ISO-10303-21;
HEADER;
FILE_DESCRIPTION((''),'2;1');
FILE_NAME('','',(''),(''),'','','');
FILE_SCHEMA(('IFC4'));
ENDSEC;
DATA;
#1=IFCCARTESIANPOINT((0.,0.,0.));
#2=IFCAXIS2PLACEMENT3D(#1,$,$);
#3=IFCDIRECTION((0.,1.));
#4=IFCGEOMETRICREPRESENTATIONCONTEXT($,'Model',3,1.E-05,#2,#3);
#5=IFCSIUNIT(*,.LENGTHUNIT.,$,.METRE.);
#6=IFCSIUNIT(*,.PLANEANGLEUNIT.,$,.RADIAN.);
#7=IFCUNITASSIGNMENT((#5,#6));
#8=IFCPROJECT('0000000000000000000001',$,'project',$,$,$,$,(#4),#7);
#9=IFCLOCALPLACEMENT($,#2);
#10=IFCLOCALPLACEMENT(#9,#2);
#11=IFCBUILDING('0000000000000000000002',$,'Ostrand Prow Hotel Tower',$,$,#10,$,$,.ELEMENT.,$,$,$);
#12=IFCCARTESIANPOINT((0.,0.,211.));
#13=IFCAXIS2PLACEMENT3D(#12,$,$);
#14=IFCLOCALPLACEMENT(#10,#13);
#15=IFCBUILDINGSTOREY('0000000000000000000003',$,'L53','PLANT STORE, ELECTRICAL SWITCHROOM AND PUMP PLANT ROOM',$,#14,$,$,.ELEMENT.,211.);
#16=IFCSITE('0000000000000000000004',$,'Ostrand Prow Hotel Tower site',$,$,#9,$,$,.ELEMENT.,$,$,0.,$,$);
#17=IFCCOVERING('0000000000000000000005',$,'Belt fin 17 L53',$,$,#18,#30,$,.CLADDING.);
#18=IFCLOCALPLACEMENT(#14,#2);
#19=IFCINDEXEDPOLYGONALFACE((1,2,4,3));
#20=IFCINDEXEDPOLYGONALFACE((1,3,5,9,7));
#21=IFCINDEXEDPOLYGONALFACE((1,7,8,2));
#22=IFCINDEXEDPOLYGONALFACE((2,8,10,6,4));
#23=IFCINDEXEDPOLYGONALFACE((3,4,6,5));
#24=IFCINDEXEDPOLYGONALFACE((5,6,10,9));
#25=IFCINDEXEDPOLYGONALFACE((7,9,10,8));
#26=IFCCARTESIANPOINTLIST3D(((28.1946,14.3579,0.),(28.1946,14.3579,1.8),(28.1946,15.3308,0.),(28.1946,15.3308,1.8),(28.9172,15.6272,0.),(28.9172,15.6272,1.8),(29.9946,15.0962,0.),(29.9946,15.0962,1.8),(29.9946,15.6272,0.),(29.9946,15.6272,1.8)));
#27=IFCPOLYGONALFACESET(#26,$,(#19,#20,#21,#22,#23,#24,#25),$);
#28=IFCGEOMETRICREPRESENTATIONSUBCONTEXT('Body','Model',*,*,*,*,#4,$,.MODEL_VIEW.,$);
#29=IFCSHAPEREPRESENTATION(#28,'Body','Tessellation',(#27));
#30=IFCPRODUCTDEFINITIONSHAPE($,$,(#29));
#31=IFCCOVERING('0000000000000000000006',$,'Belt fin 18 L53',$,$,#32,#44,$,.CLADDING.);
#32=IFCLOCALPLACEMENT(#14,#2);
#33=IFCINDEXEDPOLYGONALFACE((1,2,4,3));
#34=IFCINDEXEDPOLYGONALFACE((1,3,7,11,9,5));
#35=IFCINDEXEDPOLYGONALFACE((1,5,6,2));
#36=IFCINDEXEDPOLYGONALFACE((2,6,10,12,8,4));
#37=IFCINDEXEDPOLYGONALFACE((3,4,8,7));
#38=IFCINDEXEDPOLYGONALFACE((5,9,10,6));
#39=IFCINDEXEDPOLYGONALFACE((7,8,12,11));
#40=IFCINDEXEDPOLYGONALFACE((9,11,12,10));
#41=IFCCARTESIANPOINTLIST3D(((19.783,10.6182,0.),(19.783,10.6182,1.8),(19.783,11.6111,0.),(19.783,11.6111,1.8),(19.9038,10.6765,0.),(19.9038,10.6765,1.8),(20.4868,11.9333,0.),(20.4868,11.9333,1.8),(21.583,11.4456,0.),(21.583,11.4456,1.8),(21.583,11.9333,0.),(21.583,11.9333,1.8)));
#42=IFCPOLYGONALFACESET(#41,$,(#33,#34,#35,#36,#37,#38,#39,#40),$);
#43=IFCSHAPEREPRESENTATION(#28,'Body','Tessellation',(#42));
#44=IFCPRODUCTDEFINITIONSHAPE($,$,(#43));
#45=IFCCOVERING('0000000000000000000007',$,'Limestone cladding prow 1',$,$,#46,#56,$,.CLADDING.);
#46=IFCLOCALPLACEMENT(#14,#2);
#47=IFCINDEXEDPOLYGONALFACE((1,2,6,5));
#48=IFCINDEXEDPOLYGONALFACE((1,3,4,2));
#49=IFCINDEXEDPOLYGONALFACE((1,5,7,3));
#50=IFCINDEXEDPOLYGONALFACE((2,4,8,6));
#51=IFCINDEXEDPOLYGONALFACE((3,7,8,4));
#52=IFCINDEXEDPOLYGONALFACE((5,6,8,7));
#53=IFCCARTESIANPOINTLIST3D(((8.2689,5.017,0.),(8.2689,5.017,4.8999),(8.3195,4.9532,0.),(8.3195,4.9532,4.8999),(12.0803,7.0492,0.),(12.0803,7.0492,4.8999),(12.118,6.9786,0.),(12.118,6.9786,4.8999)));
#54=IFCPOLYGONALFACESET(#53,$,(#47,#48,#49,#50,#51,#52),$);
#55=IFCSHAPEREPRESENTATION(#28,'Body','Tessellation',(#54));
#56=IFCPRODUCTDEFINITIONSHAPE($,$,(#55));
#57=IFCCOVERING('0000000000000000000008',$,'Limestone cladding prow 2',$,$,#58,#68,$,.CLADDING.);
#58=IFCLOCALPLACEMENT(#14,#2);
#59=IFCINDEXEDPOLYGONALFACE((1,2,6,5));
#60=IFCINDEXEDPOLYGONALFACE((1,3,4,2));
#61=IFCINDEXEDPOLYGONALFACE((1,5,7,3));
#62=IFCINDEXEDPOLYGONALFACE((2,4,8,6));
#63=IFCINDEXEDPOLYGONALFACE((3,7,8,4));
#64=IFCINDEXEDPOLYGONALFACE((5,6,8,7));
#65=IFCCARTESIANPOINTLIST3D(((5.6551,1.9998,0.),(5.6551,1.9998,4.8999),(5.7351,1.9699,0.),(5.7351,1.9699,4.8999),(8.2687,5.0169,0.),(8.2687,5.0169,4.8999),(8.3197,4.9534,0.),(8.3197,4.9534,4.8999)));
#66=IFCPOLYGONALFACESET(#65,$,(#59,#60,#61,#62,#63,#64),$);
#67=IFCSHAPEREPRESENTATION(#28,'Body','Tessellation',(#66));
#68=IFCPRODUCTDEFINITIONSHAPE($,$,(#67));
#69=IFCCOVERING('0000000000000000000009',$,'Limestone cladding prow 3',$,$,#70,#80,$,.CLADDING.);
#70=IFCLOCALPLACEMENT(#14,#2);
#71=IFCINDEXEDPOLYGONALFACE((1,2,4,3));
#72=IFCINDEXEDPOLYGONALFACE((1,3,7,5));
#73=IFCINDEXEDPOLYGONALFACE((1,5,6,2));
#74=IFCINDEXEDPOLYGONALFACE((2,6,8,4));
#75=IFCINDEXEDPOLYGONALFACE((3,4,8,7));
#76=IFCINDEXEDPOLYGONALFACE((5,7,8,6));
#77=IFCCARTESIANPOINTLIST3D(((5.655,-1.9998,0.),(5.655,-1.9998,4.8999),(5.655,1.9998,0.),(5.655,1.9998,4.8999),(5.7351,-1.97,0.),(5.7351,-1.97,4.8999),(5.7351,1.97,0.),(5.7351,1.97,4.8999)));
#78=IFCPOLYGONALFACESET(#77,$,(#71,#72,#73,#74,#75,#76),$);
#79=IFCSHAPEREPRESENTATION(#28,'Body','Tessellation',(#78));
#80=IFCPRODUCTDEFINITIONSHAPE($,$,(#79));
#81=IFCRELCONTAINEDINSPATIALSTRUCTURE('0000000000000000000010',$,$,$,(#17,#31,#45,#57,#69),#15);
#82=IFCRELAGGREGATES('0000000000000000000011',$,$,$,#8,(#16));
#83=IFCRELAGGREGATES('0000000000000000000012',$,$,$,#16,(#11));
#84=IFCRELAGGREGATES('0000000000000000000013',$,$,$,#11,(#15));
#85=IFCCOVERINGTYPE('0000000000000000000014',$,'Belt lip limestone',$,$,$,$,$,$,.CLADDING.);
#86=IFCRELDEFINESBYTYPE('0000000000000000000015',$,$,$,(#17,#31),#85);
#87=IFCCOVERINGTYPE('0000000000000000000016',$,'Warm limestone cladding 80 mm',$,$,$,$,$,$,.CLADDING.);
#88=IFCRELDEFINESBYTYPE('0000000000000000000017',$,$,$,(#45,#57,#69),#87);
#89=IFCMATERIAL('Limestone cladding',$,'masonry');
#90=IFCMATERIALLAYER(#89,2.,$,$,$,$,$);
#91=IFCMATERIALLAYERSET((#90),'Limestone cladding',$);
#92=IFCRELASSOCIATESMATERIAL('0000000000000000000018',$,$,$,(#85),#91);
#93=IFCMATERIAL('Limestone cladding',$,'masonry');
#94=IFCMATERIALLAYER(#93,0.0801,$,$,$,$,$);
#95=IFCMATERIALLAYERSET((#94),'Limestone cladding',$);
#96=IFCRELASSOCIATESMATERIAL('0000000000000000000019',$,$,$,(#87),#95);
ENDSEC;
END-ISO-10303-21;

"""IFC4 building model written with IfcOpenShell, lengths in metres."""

from ifc_helpers import new_model, si_unit, direction, frame, origin, place, context, subcontext, project, spatial, polyline, outline, extrude, material, layer, layer_set, type_object, element, save


model = new_model("IFC4")

# Units and contexts
model_context = context("Model", 3, precision=1e-05, world=origin(), true_north=direction((0.0, 1.0)))
body_context = subcontext(model_context, "Body", "Model", "MODEL_VIEW")
ifc_project = project(units=[si_unit("LENGTHUNIT", "METRE"), si_unit("PLANEANGLEUNIT", "RADIAN")], contexts=[model_context])

# Site, building, storey
site_placement = place(None, origin())
site = spatial("IfcSite", under=ifc_project, at=site_placement, Name="Ostrand Prow Hotel Tower site", CompositionType="ELEMENT", RefElevation=0.0)
building_placement = place(site_placement, origin())
building = spatial("IfcBuilding", under=site, at=building_placement, Name="Ostrand Prow Hotel Tower", CompositionType="ELEMENT")
storey_placement = place(building_placement, frame((0.0, 0.0, 211.0)))
storey = spatial("IfcBuildingStorey", under=building, at=storey_placement, Name="L53", Description="PLANT STORE, ELECTRICAL SWITCHROOM AND PUMP PLANT ROOM", CompositionType="ELEMENT", Elevation=211.0)

# Coverings
ifc_material_1 = material(Name="Limestone cladding", Category="masonry")
ifc_layer_1 = layer(ifc_material_1, 2.0)
ifc_layer_set_1 = layer_set([ifc_layer_1], Name="Limestone cladding")
covering_type_1 = type_object("IfcCoveringType", Name="Belt lip limestone", PredefinedType="CLADDING", material=ifc_layer_set_1)
covering_1_placement = place(storey_placement, origin())
element("IfcCovering", 1, at=covering_1_placement, inside=storey, type_object=covering_type_1, Name="Belt fin 17 L53", PredefinedType="CLADDING", context=body_context, shape_type="SweptSolid", body=[
    extrude(outline(polyline([(28.9172, 15.6272), (28.1946, 15.3308), (28.1946, 14.3579), (29.9946, 15.0962), (29.9946, 15.6272), (28.9172, 15.6272)])), origin(), (0.0, 0.0, 1.0), 1.8),
])
covering_2_placement = place(storey_placement, origin())
element("IfcCovering", 2, at=covering_2_placement, inside=storey, type_object=covering_type_1, Name="Belt fin 18 L53", PredefinedType="CLADDING", context=body_context, shape_type="SweptSolid", body=[
    extrude(outline(polyline([(20.4868, 11.9333), (19.783, 11.6111), (19.783, 10.6182), (19.9038, 10.6765), (21.583, 11.4456), (21.583, 11.9333), (20.4868, 11.9333)])), origin(), (0.0, 0.0, 1.0), 1.8),
])
ifc_material_2 = material(Name="Limestone cladding", Category="masonry")
ifc_layer_2 = layer(ifc_material_2, 0.0801)
ifc_layer_set_2 = layer_set([ifc_layer_2], Name="Limestone cladding")
covering_type_2 = type_object("IfcCoveringType", Name="Warm limestone cladding 80 mm", PredefinedType="CLADDING", material=ifc_layer_set_2)
covering_3_placement = place(storey_placement, frame((12.0991, 7.0139, 0.0), z_axis=(0.0, 0.0, 1.0), x_axis=(-0.8824, -0.4705, 0.0)))
element("IfcCovering", 3, at=covering_3_placement, inside=storey, type_object=covering_type_2, Name="Limestone cladding prow 1", PredefinedType="CLADDING", context=body_context, shape_type="SweptSolid", body=[
    extrude(outline(polyline([(0.0, -0.04), (4.3193, -0.04), (4.3047, 0.04), (0.0, 0.04), (0.0, -0.04)])), origin(), (0.0, 0.0, 1.0), 4.8999),
])
covering_4_placement = place(storey_placement, frame((8.2942, 4.9851, 0.0), z_axis=(0.0, 0.0, 1.0), x_axis=(-0.654774, -0.755825, 0.0)))
element("IfcCovering", 4, at=covering_4_placement, inside=storey, type_object=covering_type_2, Name="Limestone cladding prow 2", PredefinedType="CLADDING", context=body_context, shape_type="SweptSolid", body=[
    extrude(outline(polyline([(-0.0073, -0.04), (3.9844, -0.04), (3.9546, 0.04), (0.0073, 0.04), (-0.0073, -0.04)])), origin(), (0.0, 0.0, 1.0), 4.8999),
])
covering_5_placement = place(storey_placement, frame((5.6951, 1.9849, 0.0), z_axis=(0.0, 0.0, 1.0), x_axis=(0.0, -1.0, 0.0)))
element("IfcCovering", 5, at=covering_5_placement, inside=storey, type_object=covering_type_2, Name="Limestone cladding prow 3", PredefinedType="CLADDING", context=body_context, shape_type="SweptSolid", body=[
    extrude(outline(polyline([(-0.0149, -0.04), (3.9846, -0.04), (3.9548, 0.04), (0.0149, 0.04), (-0.0149, -0.04)])), origin(), (0.0, 0.0, 1.0), 4.8999),
])

save(model, "model.ifc")
